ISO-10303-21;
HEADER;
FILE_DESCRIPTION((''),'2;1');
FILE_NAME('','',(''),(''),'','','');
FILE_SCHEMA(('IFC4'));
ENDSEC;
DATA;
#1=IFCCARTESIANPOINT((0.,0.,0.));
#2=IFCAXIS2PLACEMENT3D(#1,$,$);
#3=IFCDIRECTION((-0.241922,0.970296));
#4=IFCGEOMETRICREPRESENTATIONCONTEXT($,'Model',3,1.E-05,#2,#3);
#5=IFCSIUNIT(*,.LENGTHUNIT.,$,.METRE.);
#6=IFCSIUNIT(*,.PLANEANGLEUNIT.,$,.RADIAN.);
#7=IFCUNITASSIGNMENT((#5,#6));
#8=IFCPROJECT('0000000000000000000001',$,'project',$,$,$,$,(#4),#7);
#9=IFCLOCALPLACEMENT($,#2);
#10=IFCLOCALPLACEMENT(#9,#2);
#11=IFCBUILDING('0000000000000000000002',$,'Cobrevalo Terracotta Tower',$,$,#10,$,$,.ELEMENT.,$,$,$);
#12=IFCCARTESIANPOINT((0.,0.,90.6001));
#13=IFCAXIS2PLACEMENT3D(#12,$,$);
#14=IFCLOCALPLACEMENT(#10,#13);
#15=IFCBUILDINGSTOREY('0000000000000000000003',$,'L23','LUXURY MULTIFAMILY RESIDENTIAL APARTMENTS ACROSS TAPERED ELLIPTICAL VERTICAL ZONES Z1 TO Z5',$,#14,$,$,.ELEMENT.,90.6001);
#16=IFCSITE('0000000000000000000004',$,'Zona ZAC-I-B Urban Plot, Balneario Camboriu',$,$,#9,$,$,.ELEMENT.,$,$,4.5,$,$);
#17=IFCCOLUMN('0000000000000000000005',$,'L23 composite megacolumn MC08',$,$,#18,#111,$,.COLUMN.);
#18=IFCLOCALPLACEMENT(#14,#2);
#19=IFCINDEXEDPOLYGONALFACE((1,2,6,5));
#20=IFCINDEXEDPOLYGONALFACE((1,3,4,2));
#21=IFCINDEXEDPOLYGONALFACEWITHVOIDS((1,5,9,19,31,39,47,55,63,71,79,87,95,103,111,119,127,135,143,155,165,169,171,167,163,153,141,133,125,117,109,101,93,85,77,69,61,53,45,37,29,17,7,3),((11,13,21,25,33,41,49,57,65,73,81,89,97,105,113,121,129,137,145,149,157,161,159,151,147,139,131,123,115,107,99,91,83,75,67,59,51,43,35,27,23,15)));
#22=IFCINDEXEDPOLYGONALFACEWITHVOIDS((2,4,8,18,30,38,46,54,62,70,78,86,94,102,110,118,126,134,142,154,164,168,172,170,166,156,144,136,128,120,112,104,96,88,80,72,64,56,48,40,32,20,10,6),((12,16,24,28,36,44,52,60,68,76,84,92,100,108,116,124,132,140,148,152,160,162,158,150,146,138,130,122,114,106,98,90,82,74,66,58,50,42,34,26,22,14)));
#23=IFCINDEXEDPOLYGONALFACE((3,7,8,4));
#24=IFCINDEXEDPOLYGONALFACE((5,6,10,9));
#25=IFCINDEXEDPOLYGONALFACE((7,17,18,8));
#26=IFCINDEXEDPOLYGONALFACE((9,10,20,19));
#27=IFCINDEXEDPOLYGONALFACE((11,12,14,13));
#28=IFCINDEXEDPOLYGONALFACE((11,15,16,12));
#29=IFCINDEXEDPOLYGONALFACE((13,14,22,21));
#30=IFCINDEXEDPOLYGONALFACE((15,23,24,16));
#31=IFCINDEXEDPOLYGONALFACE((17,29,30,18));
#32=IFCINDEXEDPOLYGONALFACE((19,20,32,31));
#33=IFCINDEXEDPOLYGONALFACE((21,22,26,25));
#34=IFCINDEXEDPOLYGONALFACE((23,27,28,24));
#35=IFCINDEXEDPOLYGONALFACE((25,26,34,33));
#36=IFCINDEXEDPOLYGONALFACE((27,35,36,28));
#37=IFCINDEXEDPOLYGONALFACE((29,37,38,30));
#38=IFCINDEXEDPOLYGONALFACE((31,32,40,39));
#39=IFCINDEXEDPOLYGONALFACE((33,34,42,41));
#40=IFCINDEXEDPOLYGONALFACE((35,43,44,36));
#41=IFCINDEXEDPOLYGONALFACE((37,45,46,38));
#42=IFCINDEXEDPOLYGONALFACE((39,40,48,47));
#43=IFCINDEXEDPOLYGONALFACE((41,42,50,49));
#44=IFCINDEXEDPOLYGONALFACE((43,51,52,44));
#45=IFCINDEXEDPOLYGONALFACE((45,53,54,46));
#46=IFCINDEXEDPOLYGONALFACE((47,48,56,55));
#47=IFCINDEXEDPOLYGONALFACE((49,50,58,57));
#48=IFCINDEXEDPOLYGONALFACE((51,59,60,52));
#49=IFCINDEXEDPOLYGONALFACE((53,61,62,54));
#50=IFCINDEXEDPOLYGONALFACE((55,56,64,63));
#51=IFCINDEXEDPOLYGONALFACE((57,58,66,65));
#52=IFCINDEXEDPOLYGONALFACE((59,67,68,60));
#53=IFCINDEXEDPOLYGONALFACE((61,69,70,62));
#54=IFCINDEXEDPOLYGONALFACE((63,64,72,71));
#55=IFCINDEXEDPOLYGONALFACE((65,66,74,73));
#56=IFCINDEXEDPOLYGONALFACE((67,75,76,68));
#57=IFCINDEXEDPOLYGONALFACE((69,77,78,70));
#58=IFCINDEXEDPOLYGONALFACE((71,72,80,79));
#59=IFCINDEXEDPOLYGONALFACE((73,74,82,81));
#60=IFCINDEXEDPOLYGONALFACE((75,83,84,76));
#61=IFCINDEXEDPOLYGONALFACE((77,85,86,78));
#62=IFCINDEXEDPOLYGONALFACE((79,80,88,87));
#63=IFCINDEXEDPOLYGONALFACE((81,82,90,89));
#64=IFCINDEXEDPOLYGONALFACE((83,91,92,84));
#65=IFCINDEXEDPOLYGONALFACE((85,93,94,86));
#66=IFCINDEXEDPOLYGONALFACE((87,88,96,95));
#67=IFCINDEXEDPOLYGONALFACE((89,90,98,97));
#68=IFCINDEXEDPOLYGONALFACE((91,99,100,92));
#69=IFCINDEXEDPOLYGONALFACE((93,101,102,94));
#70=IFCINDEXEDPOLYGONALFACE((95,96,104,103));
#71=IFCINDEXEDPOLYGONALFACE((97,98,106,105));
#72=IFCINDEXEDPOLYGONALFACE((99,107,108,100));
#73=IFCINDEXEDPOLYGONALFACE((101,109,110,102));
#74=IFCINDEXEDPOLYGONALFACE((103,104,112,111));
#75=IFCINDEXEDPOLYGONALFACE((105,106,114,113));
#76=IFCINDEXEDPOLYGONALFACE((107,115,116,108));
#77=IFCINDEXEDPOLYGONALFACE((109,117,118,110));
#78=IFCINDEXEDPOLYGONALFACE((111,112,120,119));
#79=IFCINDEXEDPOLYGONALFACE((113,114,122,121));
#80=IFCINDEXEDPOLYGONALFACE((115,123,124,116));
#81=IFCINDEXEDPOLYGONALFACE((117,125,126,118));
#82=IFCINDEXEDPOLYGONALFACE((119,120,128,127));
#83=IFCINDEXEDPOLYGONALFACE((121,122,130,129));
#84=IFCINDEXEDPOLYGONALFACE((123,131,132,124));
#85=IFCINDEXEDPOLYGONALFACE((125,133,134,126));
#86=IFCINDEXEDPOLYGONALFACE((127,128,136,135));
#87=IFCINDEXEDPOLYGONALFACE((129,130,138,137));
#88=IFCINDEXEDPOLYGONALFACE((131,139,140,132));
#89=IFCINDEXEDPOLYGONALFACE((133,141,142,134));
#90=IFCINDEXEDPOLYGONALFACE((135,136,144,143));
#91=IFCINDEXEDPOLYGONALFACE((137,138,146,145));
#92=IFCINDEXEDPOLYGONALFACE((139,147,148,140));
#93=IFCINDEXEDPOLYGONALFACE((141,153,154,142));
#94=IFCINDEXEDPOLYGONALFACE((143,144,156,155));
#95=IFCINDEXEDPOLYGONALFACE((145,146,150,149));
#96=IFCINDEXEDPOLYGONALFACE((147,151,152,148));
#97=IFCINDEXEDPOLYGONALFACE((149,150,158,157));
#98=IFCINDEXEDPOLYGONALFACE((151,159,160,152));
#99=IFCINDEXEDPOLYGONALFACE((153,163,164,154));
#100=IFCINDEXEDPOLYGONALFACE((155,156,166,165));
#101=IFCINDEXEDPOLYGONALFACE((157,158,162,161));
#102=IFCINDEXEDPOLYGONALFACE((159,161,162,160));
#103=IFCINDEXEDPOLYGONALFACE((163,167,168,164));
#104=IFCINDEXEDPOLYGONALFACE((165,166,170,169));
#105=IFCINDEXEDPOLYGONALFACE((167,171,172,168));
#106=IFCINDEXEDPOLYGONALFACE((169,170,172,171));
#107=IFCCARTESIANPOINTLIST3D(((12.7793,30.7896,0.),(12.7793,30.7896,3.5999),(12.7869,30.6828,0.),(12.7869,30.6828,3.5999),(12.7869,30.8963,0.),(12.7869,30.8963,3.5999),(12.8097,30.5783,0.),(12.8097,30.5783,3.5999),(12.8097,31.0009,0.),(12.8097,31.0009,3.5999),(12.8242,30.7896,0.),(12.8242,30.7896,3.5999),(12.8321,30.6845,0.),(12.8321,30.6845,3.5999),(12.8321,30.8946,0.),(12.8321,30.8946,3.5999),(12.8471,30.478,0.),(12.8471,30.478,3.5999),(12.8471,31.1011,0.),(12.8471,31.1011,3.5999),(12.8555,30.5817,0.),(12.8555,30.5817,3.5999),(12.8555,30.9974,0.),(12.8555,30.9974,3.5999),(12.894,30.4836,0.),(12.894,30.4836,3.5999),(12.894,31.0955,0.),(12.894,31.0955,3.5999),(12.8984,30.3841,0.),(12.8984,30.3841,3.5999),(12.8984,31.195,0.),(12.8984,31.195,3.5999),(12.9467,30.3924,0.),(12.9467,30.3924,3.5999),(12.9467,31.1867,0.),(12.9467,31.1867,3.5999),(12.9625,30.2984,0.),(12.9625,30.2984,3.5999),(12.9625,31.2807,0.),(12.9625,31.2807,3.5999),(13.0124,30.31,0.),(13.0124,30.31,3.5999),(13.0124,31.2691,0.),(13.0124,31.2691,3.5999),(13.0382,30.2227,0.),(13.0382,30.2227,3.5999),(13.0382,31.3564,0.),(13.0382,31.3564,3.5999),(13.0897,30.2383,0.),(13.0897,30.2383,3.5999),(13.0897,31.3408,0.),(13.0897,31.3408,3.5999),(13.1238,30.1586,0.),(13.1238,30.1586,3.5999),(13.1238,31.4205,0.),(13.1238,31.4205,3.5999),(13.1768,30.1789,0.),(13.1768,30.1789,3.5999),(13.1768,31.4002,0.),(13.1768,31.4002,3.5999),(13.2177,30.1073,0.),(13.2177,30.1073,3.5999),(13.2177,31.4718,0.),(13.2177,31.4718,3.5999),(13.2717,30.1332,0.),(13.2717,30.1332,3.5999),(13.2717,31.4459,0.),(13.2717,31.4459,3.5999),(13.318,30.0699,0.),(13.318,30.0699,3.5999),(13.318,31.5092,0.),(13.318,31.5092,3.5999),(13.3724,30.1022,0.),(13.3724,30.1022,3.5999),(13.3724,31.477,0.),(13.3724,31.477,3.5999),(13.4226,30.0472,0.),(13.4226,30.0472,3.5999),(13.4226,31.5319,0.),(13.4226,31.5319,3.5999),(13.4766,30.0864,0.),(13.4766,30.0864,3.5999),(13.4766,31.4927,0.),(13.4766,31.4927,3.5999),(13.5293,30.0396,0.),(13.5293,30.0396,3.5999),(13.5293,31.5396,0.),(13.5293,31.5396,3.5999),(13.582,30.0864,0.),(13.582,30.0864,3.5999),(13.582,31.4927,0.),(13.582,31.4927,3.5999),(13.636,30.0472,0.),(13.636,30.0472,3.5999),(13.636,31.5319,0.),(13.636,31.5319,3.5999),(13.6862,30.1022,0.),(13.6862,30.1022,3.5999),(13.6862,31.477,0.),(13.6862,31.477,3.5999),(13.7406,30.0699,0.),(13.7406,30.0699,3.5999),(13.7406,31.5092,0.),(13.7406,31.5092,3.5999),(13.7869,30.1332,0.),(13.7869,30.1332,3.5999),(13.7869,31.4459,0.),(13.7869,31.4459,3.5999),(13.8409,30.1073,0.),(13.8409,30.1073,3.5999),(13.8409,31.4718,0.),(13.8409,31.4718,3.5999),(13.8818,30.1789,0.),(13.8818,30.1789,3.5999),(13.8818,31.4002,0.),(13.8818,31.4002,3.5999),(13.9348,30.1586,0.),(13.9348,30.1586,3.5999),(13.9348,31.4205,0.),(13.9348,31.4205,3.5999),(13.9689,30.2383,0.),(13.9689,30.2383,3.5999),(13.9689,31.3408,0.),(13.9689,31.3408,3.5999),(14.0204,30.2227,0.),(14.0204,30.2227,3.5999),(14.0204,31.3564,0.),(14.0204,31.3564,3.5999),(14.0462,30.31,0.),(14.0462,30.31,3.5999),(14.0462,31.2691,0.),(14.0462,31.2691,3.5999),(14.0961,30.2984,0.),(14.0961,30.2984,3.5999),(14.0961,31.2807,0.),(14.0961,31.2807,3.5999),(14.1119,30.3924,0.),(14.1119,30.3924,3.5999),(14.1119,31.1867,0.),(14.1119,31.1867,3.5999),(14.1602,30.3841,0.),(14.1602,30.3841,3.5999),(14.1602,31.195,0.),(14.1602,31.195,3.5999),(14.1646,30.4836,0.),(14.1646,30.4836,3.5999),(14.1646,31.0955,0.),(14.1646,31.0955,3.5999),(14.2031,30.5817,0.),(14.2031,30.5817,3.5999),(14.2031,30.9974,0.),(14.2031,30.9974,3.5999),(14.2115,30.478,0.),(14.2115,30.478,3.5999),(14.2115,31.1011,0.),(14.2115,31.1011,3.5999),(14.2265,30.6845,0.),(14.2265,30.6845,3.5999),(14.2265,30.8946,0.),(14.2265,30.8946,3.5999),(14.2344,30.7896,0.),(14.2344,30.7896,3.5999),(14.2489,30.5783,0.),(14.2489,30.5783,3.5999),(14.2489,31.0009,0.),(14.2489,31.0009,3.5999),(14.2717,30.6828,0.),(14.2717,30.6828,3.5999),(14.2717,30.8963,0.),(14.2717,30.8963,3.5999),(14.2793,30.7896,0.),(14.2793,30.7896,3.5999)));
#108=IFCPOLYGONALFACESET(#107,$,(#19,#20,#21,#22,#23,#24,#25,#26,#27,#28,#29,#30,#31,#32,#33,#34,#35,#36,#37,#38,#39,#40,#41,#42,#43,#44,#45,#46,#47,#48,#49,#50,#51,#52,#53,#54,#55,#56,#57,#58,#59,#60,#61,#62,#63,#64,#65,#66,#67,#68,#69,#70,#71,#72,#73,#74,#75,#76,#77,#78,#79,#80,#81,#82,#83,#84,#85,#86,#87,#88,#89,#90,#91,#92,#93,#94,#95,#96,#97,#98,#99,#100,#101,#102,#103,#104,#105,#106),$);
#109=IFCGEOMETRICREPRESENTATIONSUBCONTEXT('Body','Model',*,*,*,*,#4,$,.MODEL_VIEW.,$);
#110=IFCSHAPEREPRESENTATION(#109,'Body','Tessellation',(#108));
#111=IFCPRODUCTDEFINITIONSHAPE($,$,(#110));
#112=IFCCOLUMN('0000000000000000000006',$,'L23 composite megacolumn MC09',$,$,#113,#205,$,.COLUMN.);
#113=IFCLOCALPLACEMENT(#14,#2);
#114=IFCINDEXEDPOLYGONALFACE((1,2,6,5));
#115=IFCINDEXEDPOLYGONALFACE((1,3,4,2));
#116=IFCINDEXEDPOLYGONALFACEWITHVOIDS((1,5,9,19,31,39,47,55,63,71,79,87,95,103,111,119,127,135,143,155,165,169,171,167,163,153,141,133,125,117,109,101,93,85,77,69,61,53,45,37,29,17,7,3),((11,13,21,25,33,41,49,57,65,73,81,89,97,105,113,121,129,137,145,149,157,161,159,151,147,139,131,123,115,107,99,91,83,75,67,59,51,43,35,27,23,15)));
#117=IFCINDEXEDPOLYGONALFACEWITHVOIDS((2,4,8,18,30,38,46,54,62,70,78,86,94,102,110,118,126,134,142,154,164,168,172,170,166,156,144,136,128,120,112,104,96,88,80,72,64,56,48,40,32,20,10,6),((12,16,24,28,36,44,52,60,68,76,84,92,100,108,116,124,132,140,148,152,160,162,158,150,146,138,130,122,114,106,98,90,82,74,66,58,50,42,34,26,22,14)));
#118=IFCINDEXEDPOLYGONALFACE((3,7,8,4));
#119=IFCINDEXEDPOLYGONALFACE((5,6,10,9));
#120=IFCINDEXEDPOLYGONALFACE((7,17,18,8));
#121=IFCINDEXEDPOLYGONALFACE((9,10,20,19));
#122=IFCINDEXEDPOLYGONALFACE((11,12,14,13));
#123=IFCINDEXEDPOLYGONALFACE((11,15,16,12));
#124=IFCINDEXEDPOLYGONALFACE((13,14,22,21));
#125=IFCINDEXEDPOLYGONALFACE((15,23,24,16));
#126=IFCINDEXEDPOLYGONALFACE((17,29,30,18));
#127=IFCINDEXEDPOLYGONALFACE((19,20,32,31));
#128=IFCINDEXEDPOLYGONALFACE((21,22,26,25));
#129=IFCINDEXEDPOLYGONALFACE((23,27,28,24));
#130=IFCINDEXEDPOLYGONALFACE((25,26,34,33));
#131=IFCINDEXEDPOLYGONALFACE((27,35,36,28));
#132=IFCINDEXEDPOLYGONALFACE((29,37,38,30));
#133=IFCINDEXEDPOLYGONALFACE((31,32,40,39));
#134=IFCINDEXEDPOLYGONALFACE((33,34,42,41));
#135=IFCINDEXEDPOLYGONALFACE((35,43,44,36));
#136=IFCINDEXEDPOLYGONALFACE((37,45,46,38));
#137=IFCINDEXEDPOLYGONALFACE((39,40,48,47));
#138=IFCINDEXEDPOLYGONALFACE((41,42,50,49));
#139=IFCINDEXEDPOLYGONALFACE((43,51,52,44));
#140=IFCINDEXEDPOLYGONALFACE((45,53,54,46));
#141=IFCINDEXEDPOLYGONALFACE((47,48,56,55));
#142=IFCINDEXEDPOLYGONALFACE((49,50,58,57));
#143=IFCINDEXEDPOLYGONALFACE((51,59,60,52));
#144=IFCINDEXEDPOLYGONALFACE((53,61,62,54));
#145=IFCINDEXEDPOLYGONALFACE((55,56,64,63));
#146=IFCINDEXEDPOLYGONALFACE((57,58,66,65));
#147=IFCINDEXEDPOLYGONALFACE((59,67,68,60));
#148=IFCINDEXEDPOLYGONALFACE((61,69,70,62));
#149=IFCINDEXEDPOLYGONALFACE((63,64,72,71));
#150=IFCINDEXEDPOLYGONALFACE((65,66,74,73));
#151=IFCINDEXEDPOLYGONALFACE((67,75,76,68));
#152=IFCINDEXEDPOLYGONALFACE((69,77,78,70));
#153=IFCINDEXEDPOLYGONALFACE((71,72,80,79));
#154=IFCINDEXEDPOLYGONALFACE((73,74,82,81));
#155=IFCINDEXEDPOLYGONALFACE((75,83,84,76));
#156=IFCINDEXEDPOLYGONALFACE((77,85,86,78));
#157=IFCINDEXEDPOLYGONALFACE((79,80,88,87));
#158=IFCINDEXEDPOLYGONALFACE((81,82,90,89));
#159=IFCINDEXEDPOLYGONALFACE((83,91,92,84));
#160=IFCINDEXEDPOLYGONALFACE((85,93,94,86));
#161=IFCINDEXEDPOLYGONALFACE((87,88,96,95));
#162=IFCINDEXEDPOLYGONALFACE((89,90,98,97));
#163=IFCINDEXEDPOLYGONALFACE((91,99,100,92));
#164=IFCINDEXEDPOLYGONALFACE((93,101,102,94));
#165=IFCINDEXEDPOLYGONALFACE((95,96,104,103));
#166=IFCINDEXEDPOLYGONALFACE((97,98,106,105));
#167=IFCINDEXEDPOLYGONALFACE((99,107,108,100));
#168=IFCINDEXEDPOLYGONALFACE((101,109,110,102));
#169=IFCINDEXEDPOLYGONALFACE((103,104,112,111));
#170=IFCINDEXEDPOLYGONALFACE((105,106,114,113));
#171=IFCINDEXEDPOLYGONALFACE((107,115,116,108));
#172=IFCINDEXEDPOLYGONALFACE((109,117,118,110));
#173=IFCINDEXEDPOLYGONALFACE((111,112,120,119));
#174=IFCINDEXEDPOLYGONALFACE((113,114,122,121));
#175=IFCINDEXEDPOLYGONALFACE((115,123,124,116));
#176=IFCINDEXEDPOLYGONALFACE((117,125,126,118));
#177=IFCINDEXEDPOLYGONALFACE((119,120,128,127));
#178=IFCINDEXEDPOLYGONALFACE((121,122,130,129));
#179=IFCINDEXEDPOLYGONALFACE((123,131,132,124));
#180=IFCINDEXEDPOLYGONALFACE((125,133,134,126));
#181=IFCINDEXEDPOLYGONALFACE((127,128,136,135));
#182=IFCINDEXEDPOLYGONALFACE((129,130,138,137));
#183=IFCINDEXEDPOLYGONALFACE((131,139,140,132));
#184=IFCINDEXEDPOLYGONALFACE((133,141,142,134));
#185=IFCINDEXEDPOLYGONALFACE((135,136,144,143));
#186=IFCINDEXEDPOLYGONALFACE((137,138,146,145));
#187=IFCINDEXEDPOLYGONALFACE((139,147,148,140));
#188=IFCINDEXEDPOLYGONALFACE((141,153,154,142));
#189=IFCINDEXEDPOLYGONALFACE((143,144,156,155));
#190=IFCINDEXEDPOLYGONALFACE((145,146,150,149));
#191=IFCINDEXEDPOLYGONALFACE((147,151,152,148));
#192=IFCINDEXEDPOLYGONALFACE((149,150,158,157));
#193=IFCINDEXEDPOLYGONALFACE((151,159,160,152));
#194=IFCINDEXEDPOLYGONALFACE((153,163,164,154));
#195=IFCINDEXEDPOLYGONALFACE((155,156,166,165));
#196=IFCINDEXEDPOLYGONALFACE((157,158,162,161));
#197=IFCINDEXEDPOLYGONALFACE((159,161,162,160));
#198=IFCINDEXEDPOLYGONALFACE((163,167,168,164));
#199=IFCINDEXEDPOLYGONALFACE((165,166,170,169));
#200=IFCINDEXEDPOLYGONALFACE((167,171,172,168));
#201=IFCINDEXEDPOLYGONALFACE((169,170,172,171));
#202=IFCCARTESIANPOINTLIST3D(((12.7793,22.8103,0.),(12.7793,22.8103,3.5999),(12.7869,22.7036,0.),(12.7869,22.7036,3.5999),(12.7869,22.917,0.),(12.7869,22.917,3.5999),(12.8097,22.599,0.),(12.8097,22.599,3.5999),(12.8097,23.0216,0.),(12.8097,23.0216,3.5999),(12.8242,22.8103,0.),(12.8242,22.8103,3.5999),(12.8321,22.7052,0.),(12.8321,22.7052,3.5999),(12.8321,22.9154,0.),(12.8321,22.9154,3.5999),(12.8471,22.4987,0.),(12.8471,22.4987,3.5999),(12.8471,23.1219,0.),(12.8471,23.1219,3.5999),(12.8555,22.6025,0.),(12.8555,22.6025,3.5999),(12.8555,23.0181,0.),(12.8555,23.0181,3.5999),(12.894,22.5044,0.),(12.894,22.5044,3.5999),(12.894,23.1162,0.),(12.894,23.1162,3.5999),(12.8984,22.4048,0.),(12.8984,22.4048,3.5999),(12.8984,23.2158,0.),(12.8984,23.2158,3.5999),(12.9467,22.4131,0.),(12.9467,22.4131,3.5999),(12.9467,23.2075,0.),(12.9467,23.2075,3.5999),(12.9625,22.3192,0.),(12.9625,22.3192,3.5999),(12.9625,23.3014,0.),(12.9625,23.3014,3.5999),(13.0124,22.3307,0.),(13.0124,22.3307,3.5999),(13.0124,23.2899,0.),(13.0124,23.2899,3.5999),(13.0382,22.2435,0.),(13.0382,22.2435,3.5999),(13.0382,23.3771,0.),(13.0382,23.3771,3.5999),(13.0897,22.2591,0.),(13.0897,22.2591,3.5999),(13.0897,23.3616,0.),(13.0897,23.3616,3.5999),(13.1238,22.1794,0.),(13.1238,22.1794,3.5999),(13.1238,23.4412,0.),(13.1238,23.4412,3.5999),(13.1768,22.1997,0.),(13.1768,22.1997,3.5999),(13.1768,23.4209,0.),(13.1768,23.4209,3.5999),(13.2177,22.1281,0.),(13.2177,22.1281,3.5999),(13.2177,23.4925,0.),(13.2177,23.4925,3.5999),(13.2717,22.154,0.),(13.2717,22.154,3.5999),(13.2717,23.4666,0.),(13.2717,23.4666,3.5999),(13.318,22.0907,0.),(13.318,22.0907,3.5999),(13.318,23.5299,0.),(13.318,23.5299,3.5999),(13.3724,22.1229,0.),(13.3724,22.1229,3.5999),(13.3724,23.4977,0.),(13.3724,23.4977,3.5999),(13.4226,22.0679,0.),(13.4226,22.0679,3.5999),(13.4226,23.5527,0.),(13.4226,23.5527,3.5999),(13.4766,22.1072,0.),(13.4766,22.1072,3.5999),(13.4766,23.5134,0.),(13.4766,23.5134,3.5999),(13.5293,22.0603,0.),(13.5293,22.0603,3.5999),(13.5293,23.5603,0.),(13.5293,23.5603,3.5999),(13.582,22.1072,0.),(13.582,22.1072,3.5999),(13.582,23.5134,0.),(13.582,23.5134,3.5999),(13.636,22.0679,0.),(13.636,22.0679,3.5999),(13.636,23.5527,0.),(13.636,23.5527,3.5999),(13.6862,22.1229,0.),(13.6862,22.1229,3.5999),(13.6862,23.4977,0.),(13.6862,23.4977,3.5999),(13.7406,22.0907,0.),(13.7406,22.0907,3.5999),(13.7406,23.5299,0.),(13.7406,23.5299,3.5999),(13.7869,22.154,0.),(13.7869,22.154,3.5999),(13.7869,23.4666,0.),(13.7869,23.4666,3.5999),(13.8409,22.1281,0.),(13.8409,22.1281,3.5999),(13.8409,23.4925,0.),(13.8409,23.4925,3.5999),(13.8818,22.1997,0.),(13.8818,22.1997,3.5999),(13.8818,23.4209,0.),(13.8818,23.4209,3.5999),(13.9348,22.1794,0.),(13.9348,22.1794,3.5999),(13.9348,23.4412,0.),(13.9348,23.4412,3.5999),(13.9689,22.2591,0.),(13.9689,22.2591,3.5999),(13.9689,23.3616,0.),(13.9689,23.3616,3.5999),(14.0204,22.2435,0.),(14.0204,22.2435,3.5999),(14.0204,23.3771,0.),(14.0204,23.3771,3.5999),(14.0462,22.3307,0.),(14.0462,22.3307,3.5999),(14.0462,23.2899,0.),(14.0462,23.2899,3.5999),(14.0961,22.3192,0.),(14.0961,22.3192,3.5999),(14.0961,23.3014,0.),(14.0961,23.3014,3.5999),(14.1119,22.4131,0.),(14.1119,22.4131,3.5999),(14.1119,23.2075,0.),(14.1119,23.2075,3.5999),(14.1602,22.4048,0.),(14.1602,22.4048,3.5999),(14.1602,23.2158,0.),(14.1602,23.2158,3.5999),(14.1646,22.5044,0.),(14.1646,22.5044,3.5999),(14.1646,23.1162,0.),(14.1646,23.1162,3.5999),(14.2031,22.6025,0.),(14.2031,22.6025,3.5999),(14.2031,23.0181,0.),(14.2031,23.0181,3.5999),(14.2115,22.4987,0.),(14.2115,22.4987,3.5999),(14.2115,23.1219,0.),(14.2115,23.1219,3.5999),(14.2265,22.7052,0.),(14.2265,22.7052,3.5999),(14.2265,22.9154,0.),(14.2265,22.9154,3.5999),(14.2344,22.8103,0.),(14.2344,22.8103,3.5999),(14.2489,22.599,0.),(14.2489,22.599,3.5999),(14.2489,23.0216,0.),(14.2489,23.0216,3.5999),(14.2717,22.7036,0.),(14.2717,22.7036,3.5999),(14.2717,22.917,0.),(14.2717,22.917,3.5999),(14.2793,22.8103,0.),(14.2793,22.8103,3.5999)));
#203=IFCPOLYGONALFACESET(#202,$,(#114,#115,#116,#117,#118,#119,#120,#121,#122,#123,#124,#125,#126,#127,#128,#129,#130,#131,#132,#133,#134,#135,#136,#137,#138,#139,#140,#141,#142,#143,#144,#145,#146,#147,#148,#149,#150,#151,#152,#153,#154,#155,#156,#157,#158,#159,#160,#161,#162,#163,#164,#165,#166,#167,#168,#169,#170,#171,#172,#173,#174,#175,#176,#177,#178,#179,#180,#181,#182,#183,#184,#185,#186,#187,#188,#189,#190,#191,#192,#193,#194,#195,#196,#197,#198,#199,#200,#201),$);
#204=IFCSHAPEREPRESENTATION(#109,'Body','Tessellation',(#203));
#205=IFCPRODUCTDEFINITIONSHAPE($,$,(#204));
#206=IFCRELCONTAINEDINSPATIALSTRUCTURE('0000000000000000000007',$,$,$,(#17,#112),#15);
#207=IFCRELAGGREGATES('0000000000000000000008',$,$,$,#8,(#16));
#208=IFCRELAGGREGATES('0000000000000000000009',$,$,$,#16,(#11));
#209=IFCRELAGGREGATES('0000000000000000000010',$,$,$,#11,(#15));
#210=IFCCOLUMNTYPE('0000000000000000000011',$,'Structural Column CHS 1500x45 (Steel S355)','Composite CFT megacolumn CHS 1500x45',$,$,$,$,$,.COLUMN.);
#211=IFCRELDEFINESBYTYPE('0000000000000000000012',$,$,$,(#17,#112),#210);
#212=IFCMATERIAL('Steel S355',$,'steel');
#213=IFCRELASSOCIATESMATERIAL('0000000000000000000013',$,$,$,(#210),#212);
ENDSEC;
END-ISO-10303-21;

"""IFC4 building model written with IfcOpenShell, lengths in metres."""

from ifc_helpers import new_model, si_unit, direction, frame, origin, origin_2d, place, context, subcontext, project, spatial, hollow_circle, extrude, material, material_profile, profile_set, type_object, element, save


model = new_model("IFC4")

# Units and contexts
model_context = context("Model", 3, precision=1e-05, world=origin(), true_north=direction((-0.241922, 0.970296)))
body_context = subcontext(model_context, "Body", "Model", "MODEL_VIEW")
ifc_project = project(units=[si_unit("LENGTHUNIT", "METRE"), si_unit("PLANEANGLEUNIT", "RADIAN")], contexts=[model_context])

# Site, building, storey
site_placement = place(None, origin())
site = spatial("IfcSite", under=ifc_project, at=site_placement, Name="Zona ZAC-I-B Urban Plot, Balneario Camboriu", CompositionType="ELEMENT", RefElevation=4.5)
building_placement = place(site_placement, origin())
building = spatial("IfcBuilding", under=site, at=building_placement, Name="Cobrevalo Terracotta Tower", CompositionType="ELEMENT")
storey_placement = place(building_placement, frame((0.0, 0.0, 90.6001)))
storey = spatial("IfcBuildingStorey", under=building, at=storey_placement, Name="L23", Description="LUXURY MULTIFAMILY RESIDENTIAL APARTMENTS ACROSS TAPERED ELLIPTICAL VERTICAL ZONES Z1 TO Z5", CompositionType="ELEMENT", Elevation=90.6001)

# Columns
ifc_material_1 = material(Name="Steel S355", Category="steel")
ifc_material_profile_1 = material_profile(ifc_material_1, hollow_circle(Radius=0.75, WallThickness=0.0449, at=origin_2d()), Name="CHS 1500x45")
ifc_profile_set_1 = profile_set([ifc_material_profile_1], Name="Steel S355")
column_type = type_object("IfcColumnType", Name="Structural Column CHS 1500x45 (Steel S355)", Description="Composite CFT megacolumn CHS 1500x45", PredefinedType="COLUMN", material=ifc_profile_set_1)
for number, where, z_axis, x_axis, name in (
    (1, (13.5293, 30.7896, 0.0), (0.0, 0.0, 1.0), (1.0, 0.0, 0.0), "L23 composite megacolumn MC08"),
    (2, (13.5293, 22.8103, 0.0), (0.0, 0.0, 1.0), (1.0, 0.0, 0.0), "L23 composite megacolumn MC09"),
):
    element("IfcColumn", number, at=place(storey_placement, frame(where, z_axis=z_axis, x_axis=x_axis)), inside=storey, type_object=column_type, Name=name, PredefinedType="COLUMN", context=body_context, shape_type="SweptSolid", body=[
        extrude(hollow_circle(Radius=0.75, WallThickness=0.0449, at=origin_2d()), origin(), (0.0, 0.0, 1.0), 3.5999),
    ])

save(model, "model.ifc")
